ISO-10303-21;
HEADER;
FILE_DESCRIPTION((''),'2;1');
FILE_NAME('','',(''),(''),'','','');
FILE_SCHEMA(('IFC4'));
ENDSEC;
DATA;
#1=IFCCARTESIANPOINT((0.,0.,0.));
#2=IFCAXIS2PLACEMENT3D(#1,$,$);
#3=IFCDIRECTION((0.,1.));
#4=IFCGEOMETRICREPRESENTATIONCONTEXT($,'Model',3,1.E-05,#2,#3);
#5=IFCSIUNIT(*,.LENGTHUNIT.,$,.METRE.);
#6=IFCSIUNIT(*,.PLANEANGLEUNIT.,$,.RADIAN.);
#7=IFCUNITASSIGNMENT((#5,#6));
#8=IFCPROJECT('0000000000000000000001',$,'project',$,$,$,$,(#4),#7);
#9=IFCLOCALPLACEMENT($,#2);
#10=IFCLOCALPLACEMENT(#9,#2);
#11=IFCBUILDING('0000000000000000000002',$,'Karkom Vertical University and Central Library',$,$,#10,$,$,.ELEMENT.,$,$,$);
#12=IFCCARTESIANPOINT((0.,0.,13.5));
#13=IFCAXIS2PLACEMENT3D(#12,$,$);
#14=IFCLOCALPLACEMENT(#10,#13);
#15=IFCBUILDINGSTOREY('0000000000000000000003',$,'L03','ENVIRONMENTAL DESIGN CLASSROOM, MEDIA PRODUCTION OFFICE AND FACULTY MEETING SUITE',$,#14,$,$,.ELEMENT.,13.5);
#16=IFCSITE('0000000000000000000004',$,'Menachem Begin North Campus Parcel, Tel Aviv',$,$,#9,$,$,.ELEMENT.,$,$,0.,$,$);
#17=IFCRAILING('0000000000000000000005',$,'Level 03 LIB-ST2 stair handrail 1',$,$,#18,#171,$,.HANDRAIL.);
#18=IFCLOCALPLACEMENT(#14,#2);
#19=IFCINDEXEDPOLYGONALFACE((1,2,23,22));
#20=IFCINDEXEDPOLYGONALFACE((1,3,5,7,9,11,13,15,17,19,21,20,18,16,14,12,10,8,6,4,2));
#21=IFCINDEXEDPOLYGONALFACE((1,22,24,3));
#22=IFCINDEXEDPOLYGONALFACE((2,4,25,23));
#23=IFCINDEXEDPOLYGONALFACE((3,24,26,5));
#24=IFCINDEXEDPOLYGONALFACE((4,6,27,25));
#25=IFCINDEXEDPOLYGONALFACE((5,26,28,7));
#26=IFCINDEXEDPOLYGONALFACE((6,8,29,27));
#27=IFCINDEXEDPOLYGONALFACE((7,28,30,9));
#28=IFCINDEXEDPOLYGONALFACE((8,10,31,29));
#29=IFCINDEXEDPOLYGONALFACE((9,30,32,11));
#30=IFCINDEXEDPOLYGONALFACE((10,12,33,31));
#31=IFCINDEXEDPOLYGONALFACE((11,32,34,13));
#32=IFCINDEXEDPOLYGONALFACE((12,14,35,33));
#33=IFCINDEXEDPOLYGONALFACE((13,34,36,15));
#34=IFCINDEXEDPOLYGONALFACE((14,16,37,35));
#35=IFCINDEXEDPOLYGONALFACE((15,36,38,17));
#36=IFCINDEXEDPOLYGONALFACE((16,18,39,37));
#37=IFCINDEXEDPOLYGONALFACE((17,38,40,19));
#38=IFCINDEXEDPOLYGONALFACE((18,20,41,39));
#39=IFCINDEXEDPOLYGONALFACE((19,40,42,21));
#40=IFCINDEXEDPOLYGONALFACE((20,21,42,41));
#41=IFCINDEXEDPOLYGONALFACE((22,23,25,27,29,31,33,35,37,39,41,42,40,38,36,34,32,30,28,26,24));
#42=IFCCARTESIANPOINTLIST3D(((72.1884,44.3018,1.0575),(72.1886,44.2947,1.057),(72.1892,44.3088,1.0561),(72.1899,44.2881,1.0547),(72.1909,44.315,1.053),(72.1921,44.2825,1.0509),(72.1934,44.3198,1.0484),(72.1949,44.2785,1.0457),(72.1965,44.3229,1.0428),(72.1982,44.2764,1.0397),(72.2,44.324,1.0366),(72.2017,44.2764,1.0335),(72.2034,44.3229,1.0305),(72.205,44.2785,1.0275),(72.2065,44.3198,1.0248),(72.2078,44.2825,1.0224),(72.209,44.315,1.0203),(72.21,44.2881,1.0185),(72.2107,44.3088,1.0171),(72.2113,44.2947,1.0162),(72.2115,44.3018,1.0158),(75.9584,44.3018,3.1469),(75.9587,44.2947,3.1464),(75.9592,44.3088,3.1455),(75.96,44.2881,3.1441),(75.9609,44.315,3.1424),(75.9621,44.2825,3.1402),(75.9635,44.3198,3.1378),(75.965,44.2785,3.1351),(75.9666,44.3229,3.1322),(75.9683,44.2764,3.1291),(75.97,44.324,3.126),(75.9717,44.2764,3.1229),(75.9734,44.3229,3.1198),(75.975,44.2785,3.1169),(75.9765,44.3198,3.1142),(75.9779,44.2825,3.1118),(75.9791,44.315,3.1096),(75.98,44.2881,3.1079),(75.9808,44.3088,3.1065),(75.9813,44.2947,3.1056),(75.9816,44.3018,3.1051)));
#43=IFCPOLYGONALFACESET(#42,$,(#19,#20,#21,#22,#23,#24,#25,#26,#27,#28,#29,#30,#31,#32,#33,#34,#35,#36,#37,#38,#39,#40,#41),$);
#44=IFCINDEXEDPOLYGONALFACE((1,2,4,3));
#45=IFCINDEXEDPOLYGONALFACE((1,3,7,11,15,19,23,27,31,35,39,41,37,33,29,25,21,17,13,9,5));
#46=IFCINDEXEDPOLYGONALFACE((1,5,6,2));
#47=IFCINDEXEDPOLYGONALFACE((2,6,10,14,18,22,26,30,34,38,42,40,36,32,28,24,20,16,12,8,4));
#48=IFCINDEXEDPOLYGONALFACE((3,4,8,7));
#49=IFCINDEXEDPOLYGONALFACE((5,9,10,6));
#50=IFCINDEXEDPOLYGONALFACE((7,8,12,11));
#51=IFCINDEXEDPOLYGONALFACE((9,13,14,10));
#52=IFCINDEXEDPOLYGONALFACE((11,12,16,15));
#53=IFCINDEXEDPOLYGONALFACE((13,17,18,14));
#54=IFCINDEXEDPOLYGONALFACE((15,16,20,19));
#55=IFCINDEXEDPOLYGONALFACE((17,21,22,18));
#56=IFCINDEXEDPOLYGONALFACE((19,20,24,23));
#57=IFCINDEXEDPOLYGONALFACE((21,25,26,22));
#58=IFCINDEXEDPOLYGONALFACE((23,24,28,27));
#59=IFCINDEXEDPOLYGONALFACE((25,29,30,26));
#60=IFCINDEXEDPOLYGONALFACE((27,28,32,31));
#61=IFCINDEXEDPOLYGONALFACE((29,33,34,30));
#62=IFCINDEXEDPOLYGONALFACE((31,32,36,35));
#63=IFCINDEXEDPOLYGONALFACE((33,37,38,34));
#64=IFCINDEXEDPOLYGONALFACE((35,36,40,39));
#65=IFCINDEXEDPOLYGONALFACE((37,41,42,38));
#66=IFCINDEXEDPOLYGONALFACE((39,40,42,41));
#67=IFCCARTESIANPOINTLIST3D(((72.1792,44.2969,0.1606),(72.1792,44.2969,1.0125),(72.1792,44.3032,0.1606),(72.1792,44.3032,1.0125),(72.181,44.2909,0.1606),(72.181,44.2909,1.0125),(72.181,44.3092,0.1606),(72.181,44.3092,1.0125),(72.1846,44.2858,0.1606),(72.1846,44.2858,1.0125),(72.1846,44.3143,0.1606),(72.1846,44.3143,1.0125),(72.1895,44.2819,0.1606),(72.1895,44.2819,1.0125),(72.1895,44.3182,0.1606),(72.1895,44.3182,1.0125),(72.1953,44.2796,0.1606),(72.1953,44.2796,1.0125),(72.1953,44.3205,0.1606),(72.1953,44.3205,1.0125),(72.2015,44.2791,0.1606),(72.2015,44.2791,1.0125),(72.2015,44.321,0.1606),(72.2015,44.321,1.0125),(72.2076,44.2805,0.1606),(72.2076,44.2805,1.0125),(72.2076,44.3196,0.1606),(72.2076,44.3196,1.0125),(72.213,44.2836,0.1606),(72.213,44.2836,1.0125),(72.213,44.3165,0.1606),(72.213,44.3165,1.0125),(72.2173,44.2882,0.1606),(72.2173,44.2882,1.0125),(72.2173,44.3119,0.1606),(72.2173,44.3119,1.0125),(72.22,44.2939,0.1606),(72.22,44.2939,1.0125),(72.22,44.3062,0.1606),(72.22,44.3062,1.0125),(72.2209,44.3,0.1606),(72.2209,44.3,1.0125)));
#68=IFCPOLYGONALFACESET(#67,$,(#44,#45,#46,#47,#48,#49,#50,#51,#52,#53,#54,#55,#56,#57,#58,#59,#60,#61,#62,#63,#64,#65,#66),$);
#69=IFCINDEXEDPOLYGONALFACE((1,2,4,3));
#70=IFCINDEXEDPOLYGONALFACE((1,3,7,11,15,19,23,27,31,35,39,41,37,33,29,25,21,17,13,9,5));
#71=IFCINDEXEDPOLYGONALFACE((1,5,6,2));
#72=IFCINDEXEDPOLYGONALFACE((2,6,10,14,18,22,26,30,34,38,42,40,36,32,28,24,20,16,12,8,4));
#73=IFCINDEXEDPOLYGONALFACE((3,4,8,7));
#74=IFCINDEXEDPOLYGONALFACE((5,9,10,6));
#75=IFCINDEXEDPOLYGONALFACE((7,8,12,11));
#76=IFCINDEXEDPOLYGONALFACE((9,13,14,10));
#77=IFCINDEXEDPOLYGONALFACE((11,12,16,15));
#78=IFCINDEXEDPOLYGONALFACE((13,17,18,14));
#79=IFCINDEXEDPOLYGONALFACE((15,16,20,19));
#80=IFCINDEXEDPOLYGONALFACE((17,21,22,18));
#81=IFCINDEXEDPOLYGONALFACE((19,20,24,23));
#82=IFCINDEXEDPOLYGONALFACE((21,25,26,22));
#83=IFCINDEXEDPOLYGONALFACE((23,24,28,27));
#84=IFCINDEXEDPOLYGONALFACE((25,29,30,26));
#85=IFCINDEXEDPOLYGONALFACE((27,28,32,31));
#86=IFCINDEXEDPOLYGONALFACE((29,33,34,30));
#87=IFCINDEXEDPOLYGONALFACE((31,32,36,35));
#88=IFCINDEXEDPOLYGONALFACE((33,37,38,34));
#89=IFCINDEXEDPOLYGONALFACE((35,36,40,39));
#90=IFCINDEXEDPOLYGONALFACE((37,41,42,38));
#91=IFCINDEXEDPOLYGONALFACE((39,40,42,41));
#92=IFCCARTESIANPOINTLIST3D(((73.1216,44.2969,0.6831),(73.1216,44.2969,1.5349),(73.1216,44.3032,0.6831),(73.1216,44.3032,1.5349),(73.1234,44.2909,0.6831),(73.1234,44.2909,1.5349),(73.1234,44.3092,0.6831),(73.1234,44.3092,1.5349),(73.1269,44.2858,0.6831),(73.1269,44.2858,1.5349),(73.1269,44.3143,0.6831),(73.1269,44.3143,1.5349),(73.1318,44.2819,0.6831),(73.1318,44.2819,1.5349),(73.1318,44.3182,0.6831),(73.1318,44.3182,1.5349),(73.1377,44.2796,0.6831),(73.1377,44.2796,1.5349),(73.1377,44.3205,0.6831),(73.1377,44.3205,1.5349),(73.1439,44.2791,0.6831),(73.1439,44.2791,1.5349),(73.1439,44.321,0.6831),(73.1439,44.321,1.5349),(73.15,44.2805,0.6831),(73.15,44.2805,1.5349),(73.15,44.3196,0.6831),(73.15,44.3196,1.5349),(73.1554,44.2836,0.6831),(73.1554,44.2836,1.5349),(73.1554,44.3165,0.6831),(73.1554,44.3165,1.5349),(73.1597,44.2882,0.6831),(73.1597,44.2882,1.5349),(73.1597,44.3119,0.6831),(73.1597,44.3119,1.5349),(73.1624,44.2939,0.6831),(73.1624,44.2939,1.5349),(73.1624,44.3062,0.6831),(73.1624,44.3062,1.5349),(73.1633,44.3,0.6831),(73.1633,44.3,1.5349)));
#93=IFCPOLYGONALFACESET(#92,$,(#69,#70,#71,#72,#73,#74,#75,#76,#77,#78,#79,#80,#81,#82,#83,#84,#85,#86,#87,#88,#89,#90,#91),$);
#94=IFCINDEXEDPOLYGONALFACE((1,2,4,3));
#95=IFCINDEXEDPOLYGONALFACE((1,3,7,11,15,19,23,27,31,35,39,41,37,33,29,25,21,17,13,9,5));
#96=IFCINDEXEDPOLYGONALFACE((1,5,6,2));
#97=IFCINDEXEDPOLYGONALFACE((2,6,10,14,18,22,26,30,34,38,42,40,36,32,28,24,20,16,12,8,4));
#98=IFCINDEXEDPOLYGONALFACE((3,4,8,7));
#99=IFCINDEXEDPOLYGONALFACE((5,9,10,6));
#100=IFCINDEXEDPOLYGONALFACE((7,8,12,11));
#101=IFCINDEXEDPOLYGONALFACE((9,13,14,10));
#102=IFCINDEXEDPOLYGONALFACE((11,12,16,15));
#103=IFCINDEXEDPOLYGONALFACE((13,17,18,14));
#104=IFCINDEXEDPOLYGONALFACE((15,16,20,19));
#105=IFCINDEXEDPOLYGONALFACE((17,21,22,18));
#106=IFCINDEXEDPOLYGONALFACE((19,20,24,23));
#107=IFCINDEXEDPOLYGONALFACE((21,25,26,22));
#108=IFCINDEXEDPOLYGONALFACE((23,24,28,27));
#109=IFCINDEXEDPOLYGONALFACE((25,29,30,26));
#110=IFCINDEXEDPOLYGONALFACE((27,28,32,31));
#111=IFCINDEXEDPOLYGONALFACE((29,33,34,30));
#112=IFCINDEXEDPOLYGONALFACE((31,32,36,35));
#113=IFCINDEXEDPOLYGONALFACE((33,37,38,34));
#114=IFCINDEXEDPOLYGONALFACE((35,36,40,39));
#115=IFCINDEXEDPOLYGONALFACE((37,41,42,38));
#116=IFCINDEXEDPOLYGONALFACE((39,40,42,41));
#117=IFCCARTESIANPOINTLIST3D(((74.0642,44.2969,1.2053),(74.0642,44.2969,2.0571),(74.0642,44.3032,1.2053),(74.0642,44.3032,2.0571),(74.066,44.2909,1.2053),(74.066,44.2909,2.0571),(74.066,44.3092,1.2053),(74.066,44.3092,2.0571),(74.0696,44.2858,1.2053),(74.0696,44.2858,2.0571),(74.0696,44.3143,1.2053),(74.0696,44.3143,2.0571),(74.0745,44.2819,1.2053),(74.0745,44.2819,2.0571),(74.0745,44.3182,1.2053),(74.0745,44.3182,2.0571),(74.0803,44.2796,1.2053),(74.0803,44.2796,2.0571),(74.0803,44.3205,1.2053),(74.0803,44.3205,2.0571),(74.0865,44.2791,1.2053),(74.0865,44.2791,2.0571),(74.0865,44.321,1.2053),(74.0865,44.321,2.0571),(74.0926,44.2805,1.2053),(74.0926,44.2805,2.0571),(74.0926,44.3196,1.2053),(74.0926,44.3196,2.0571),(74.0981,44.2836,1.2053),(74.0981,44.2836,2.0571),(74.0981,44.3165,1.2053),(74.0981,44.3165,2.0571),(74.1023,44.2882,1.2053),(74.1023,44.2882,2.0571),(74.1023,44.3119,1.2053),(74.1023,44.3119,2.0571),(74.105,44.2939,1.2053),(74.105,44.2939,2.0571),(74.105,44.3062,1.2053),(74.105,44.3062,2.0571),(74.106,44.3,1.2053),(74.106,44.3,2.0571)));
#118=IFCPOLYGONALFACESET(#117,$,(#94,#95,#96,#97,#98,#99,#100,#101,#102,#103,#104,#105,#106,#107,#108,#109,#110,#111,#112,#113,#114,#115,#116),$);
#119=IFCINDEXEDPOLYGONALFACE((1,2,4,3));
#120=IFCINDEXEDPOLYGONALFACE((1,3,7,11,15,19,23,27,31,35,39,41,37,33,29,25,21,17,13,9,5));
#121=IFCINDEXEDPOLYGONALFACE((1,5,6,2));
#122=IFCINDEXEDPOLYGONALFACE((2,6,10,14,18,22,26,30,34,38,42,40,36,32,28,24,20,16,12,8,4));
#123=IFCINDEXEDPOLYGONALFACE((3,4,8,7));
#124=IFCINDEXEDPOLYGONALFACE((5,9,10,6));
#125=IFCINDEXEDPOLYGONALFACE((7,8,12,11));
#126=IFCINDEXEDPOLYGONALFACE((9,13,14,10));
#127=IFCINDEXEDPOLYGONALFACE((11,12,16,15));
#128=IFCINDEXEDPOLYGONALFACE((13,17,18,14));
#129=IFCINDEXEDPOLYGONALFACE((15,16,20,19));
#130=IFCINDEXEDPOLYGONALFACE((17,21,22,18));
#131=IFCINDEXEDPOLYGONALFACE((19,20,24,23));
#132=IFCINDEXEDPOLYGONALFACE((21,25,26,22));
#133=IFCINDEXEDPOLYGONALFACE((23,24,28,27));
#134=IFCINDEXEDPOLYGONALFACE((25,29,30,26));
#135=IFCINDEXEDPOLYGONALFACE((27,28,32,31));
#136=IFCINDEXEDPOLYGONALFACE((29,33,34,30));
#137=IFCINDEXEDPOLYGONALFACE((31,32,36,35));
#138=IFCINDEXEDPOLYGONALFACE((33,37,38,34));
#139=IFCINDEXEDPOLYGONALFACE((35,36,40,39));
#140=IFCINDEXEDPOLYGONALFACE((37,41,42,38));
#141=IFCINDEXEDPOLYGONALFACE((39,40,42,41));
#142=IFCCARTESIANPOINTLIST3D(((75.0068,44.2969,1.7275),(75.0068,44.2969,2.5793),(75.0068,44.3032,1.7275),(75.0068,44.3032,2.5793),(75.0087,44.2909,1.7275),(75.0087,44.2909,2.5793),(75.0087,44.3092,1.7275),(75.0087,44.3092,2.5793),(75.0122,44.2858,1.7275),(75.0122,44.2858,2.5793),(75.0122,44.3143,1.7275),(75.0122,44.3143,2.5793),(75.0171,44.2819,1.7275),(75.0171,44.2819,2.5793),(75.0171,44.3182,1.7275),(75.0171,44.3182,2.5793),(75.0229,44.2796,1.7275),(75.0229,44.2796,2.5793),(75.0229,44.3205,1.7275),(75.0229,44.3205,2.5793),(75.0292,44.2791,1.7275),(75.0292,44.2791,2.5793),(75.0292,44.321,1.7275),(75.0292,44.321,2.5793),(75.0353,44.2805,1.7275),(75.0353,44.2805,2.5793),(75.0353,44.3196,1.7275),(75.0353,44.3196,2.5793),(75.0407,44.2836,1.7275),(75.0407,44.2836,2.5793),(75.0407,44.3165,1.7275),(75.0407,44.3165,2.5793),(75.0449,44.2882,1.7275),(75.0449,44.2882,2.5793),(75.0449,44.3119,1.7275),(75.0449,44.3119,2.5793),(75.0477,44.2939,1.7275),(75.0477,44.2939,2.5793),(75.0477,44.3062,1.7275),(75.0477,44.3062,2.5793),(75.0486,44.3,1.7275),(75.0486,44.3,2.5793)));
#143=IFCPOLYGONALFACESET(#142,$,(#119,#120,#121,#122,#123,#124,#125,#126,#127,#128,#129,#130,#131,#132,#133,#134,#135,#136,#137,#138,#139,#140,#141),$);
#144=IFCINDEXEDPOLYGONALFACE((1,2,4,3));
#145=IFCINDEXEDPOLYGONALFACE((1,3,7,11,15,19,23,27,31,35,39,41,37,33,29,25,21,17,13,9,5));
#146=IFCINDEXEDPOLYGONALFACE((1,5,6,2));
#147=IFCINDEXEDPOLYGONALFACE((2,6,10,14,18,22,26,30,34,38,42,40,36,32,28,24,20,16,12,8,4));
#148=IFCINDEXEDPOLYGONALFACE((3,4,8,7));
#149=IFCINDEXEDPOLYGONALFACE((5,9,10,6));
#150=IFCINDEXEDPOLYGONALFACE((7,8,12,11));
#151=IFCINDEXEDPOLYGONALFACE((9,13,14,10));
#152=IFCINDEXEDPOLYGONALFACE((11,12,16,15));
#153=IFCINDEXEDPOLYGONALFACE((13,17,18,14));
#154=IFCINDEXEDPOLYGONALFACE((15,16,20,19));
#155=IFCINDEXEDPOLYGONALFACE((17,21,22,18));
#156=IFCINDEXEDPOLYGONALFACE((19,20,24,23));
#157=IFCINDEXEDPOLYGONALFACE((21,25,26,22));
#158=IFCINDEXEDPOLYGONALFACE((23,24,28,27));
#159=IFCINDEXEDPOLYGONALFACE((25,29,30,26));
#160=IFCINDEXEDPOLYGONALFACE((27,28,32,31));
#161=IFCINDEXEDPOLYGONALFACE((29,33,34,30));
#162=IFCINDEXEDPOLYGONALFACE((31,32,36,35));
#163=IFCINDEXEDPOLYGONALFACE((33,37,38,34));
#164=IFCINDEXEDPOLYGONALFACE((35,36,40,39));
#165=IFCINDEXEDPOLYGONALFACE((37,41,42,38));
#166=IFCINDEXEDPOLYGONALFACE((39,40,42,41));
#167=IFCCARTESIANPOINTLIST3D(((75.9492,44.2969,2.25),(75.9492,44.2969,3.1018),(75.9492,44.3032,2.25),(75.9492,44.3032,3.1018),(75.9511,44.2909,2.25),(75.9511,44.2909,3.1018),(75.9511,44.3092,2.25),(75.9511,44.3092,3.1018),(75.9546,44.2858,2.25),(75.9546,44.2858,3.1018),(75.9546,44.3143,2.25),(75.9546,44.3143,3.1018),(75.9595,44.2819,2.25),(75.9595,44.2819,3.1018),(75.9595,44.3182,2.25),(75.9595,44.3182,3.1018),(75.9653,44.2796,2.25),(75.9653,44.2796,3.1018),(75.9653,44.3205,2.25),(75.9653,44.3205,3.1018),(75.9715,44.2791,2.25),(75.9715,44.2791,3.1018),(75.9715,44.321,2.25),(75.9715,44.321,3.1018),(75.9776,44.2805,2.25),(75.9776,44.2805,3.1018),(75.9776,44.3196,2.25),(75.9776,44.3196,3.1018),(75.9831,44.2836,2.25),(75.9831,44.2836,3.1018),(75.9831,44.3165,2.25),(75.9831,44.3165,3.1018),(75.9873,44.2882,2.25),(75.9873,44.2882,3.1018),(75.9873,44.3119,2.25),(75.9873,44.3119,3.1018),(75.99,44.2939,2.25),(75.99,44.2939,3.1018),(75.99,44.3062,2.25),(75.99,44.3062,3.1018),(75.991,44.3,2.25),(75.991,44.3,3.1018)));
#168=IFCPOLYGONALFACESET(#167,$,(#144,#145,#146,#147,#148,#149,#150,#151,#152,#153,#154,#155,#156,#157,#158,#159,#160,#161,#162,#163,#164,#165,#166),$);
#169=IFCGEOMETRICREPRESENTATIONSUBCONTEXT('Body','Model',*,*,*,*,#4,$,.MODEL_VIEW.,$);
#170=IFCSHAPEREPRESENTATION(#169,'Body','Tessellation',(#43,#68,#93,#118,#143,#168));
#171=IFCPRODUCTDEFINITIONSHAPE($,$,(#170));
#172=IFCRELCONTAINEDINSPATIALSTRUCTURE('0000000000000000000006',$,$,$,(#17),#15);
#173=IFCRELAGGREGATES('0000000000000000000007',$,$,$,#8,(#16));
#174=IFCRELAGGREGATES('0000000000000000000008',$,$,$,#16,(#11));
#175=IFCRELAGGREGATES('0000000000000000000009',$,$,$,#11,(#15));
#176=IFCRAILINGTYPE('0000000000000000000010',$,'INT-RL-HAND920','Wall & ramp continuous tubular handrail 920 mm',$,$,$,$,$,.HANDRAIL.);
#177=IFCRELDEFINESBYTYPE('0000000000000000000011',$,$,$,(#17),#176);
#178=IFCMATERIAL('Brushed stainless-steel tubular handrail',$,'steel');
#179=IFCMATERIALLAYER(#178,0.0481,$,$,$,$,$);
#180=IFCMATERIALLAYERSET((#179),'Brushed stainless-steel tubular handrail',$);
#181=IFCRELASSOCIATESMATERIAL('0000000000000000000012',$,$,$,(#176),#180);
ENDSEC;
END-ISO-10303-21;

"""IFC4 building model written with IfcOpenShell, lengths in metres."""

from ifc_helpers import new_model, si_unit, direction, frame, origin, origin_2d, place, context, subcontext, project, spatial, circle, extrude, material, layer, layer_set, type_object, element, save


model = new_model("IFC4")

# Units and contexts
model_context = context("Model", 3, precision=1e-05, world=origin(), true_north=direction((0.0, 1.0)))
body_context = subcontext(model_context, "Body", "Model", "MODEL_VIEW")
ifc_project = project(units=[si_unit("LENGTHUNIT", "METRE"), si_unit("PLANEANGLEUNIT", "RADIAN")], contexts=[model_context])

# Site, building, storey
site_placement = place(None, origin())
site = spatial("IfcSite", under=ifc_project, at=site_placement, Name="Menachem Begin North Campus Parcel, Tel Aviv", CompositionType="ELEMENT", RefElevation=0.0)
building_placement = place(site_placement, origin())
building = spatial("IfcBuilding", under=site, at=building_placement, Name="Karkom Vertical University and Central Library", CompositionType="ELEMENT")
storey_placement = place(building_placement, frame((0.0, 0.0, 13.5)))
storey = spatial("IfcBuildingStorey", under=building, at=storey_placement, Name="L03", Description="ENVIRONMENTAL DESIGN CLASSROOM, MEDIA PRODUCTION OFFICE AND FACULTY MEETING SUITE", CompositionType="ELEMENT", Elevation=13.5)

# Railing
ifc_material_1 = material(Name="Brushed stainless-steel tubular handrail", Category="steel")
ifc_layer_1 = layer(ifc_material_1, 0.0481)
ifc_layer_set_1 = layer_set([ifc_layer_1], Name="Brushed stainless-steel tubular handrail")
railing_type_1 = type_object("IfcRailingType", Name="INT-RL-HAND920", Description="Wall & ramp continuous tubular handrail 920 mm", PredefinedType="HANDRAIL", material=ifc_layer_set_1)
railing_1_placement = place(storey_placement, frame((72.2, 44.3, 0.1606)))
element("IfcRailing", 1, at=railing_1_placement, inside=storey, type_object=railing_type_1, Name="Level 03 LIB-ST2 stair handrail 1", PredefinedType="HANDRAIL", context=body_context, shape_type="SweptSolid", body=[
    extrude(circle(Radius=0.0239, at=origin_2d()), frame((0.0, 0.0, 0.876), z_axis=(0.874659, 0.0, 0.484739), x_axis=(0.0, 1.0, 0.0)), (0.0, 0.0, 1.0), 4.3103),
    extrude(circle(Radius=0.021, at=origin_2d()), origin(), (0.0, 0.0, 1.0), 0.8518),
    extrude(circle(Radius=0.021, at=origin_2d()), frame((0.9424, 0.0, 0.5225)), (0.0, 0.0, 1.0), 0.8518),
    extrude(circle(Radius=0.021, at=origin_2d()), frame((1.885, 0.0, 1.0447)), (0.0, 0.0, 1.0), 0.8518),
    extrude(circle(Radius=0.021, at=origin_2d()), frame((2.8276, 0.0, 1.5669)), (0.0, 0.0, 1.0), 0.8518),
    extrude(circle(Radius=0.021, at=origin_2d()), frame((3.77, 0.0, 2.0894)), (0.0, 0.0, 1.0), 0.8518),
])

save(model, "model.ifc")
